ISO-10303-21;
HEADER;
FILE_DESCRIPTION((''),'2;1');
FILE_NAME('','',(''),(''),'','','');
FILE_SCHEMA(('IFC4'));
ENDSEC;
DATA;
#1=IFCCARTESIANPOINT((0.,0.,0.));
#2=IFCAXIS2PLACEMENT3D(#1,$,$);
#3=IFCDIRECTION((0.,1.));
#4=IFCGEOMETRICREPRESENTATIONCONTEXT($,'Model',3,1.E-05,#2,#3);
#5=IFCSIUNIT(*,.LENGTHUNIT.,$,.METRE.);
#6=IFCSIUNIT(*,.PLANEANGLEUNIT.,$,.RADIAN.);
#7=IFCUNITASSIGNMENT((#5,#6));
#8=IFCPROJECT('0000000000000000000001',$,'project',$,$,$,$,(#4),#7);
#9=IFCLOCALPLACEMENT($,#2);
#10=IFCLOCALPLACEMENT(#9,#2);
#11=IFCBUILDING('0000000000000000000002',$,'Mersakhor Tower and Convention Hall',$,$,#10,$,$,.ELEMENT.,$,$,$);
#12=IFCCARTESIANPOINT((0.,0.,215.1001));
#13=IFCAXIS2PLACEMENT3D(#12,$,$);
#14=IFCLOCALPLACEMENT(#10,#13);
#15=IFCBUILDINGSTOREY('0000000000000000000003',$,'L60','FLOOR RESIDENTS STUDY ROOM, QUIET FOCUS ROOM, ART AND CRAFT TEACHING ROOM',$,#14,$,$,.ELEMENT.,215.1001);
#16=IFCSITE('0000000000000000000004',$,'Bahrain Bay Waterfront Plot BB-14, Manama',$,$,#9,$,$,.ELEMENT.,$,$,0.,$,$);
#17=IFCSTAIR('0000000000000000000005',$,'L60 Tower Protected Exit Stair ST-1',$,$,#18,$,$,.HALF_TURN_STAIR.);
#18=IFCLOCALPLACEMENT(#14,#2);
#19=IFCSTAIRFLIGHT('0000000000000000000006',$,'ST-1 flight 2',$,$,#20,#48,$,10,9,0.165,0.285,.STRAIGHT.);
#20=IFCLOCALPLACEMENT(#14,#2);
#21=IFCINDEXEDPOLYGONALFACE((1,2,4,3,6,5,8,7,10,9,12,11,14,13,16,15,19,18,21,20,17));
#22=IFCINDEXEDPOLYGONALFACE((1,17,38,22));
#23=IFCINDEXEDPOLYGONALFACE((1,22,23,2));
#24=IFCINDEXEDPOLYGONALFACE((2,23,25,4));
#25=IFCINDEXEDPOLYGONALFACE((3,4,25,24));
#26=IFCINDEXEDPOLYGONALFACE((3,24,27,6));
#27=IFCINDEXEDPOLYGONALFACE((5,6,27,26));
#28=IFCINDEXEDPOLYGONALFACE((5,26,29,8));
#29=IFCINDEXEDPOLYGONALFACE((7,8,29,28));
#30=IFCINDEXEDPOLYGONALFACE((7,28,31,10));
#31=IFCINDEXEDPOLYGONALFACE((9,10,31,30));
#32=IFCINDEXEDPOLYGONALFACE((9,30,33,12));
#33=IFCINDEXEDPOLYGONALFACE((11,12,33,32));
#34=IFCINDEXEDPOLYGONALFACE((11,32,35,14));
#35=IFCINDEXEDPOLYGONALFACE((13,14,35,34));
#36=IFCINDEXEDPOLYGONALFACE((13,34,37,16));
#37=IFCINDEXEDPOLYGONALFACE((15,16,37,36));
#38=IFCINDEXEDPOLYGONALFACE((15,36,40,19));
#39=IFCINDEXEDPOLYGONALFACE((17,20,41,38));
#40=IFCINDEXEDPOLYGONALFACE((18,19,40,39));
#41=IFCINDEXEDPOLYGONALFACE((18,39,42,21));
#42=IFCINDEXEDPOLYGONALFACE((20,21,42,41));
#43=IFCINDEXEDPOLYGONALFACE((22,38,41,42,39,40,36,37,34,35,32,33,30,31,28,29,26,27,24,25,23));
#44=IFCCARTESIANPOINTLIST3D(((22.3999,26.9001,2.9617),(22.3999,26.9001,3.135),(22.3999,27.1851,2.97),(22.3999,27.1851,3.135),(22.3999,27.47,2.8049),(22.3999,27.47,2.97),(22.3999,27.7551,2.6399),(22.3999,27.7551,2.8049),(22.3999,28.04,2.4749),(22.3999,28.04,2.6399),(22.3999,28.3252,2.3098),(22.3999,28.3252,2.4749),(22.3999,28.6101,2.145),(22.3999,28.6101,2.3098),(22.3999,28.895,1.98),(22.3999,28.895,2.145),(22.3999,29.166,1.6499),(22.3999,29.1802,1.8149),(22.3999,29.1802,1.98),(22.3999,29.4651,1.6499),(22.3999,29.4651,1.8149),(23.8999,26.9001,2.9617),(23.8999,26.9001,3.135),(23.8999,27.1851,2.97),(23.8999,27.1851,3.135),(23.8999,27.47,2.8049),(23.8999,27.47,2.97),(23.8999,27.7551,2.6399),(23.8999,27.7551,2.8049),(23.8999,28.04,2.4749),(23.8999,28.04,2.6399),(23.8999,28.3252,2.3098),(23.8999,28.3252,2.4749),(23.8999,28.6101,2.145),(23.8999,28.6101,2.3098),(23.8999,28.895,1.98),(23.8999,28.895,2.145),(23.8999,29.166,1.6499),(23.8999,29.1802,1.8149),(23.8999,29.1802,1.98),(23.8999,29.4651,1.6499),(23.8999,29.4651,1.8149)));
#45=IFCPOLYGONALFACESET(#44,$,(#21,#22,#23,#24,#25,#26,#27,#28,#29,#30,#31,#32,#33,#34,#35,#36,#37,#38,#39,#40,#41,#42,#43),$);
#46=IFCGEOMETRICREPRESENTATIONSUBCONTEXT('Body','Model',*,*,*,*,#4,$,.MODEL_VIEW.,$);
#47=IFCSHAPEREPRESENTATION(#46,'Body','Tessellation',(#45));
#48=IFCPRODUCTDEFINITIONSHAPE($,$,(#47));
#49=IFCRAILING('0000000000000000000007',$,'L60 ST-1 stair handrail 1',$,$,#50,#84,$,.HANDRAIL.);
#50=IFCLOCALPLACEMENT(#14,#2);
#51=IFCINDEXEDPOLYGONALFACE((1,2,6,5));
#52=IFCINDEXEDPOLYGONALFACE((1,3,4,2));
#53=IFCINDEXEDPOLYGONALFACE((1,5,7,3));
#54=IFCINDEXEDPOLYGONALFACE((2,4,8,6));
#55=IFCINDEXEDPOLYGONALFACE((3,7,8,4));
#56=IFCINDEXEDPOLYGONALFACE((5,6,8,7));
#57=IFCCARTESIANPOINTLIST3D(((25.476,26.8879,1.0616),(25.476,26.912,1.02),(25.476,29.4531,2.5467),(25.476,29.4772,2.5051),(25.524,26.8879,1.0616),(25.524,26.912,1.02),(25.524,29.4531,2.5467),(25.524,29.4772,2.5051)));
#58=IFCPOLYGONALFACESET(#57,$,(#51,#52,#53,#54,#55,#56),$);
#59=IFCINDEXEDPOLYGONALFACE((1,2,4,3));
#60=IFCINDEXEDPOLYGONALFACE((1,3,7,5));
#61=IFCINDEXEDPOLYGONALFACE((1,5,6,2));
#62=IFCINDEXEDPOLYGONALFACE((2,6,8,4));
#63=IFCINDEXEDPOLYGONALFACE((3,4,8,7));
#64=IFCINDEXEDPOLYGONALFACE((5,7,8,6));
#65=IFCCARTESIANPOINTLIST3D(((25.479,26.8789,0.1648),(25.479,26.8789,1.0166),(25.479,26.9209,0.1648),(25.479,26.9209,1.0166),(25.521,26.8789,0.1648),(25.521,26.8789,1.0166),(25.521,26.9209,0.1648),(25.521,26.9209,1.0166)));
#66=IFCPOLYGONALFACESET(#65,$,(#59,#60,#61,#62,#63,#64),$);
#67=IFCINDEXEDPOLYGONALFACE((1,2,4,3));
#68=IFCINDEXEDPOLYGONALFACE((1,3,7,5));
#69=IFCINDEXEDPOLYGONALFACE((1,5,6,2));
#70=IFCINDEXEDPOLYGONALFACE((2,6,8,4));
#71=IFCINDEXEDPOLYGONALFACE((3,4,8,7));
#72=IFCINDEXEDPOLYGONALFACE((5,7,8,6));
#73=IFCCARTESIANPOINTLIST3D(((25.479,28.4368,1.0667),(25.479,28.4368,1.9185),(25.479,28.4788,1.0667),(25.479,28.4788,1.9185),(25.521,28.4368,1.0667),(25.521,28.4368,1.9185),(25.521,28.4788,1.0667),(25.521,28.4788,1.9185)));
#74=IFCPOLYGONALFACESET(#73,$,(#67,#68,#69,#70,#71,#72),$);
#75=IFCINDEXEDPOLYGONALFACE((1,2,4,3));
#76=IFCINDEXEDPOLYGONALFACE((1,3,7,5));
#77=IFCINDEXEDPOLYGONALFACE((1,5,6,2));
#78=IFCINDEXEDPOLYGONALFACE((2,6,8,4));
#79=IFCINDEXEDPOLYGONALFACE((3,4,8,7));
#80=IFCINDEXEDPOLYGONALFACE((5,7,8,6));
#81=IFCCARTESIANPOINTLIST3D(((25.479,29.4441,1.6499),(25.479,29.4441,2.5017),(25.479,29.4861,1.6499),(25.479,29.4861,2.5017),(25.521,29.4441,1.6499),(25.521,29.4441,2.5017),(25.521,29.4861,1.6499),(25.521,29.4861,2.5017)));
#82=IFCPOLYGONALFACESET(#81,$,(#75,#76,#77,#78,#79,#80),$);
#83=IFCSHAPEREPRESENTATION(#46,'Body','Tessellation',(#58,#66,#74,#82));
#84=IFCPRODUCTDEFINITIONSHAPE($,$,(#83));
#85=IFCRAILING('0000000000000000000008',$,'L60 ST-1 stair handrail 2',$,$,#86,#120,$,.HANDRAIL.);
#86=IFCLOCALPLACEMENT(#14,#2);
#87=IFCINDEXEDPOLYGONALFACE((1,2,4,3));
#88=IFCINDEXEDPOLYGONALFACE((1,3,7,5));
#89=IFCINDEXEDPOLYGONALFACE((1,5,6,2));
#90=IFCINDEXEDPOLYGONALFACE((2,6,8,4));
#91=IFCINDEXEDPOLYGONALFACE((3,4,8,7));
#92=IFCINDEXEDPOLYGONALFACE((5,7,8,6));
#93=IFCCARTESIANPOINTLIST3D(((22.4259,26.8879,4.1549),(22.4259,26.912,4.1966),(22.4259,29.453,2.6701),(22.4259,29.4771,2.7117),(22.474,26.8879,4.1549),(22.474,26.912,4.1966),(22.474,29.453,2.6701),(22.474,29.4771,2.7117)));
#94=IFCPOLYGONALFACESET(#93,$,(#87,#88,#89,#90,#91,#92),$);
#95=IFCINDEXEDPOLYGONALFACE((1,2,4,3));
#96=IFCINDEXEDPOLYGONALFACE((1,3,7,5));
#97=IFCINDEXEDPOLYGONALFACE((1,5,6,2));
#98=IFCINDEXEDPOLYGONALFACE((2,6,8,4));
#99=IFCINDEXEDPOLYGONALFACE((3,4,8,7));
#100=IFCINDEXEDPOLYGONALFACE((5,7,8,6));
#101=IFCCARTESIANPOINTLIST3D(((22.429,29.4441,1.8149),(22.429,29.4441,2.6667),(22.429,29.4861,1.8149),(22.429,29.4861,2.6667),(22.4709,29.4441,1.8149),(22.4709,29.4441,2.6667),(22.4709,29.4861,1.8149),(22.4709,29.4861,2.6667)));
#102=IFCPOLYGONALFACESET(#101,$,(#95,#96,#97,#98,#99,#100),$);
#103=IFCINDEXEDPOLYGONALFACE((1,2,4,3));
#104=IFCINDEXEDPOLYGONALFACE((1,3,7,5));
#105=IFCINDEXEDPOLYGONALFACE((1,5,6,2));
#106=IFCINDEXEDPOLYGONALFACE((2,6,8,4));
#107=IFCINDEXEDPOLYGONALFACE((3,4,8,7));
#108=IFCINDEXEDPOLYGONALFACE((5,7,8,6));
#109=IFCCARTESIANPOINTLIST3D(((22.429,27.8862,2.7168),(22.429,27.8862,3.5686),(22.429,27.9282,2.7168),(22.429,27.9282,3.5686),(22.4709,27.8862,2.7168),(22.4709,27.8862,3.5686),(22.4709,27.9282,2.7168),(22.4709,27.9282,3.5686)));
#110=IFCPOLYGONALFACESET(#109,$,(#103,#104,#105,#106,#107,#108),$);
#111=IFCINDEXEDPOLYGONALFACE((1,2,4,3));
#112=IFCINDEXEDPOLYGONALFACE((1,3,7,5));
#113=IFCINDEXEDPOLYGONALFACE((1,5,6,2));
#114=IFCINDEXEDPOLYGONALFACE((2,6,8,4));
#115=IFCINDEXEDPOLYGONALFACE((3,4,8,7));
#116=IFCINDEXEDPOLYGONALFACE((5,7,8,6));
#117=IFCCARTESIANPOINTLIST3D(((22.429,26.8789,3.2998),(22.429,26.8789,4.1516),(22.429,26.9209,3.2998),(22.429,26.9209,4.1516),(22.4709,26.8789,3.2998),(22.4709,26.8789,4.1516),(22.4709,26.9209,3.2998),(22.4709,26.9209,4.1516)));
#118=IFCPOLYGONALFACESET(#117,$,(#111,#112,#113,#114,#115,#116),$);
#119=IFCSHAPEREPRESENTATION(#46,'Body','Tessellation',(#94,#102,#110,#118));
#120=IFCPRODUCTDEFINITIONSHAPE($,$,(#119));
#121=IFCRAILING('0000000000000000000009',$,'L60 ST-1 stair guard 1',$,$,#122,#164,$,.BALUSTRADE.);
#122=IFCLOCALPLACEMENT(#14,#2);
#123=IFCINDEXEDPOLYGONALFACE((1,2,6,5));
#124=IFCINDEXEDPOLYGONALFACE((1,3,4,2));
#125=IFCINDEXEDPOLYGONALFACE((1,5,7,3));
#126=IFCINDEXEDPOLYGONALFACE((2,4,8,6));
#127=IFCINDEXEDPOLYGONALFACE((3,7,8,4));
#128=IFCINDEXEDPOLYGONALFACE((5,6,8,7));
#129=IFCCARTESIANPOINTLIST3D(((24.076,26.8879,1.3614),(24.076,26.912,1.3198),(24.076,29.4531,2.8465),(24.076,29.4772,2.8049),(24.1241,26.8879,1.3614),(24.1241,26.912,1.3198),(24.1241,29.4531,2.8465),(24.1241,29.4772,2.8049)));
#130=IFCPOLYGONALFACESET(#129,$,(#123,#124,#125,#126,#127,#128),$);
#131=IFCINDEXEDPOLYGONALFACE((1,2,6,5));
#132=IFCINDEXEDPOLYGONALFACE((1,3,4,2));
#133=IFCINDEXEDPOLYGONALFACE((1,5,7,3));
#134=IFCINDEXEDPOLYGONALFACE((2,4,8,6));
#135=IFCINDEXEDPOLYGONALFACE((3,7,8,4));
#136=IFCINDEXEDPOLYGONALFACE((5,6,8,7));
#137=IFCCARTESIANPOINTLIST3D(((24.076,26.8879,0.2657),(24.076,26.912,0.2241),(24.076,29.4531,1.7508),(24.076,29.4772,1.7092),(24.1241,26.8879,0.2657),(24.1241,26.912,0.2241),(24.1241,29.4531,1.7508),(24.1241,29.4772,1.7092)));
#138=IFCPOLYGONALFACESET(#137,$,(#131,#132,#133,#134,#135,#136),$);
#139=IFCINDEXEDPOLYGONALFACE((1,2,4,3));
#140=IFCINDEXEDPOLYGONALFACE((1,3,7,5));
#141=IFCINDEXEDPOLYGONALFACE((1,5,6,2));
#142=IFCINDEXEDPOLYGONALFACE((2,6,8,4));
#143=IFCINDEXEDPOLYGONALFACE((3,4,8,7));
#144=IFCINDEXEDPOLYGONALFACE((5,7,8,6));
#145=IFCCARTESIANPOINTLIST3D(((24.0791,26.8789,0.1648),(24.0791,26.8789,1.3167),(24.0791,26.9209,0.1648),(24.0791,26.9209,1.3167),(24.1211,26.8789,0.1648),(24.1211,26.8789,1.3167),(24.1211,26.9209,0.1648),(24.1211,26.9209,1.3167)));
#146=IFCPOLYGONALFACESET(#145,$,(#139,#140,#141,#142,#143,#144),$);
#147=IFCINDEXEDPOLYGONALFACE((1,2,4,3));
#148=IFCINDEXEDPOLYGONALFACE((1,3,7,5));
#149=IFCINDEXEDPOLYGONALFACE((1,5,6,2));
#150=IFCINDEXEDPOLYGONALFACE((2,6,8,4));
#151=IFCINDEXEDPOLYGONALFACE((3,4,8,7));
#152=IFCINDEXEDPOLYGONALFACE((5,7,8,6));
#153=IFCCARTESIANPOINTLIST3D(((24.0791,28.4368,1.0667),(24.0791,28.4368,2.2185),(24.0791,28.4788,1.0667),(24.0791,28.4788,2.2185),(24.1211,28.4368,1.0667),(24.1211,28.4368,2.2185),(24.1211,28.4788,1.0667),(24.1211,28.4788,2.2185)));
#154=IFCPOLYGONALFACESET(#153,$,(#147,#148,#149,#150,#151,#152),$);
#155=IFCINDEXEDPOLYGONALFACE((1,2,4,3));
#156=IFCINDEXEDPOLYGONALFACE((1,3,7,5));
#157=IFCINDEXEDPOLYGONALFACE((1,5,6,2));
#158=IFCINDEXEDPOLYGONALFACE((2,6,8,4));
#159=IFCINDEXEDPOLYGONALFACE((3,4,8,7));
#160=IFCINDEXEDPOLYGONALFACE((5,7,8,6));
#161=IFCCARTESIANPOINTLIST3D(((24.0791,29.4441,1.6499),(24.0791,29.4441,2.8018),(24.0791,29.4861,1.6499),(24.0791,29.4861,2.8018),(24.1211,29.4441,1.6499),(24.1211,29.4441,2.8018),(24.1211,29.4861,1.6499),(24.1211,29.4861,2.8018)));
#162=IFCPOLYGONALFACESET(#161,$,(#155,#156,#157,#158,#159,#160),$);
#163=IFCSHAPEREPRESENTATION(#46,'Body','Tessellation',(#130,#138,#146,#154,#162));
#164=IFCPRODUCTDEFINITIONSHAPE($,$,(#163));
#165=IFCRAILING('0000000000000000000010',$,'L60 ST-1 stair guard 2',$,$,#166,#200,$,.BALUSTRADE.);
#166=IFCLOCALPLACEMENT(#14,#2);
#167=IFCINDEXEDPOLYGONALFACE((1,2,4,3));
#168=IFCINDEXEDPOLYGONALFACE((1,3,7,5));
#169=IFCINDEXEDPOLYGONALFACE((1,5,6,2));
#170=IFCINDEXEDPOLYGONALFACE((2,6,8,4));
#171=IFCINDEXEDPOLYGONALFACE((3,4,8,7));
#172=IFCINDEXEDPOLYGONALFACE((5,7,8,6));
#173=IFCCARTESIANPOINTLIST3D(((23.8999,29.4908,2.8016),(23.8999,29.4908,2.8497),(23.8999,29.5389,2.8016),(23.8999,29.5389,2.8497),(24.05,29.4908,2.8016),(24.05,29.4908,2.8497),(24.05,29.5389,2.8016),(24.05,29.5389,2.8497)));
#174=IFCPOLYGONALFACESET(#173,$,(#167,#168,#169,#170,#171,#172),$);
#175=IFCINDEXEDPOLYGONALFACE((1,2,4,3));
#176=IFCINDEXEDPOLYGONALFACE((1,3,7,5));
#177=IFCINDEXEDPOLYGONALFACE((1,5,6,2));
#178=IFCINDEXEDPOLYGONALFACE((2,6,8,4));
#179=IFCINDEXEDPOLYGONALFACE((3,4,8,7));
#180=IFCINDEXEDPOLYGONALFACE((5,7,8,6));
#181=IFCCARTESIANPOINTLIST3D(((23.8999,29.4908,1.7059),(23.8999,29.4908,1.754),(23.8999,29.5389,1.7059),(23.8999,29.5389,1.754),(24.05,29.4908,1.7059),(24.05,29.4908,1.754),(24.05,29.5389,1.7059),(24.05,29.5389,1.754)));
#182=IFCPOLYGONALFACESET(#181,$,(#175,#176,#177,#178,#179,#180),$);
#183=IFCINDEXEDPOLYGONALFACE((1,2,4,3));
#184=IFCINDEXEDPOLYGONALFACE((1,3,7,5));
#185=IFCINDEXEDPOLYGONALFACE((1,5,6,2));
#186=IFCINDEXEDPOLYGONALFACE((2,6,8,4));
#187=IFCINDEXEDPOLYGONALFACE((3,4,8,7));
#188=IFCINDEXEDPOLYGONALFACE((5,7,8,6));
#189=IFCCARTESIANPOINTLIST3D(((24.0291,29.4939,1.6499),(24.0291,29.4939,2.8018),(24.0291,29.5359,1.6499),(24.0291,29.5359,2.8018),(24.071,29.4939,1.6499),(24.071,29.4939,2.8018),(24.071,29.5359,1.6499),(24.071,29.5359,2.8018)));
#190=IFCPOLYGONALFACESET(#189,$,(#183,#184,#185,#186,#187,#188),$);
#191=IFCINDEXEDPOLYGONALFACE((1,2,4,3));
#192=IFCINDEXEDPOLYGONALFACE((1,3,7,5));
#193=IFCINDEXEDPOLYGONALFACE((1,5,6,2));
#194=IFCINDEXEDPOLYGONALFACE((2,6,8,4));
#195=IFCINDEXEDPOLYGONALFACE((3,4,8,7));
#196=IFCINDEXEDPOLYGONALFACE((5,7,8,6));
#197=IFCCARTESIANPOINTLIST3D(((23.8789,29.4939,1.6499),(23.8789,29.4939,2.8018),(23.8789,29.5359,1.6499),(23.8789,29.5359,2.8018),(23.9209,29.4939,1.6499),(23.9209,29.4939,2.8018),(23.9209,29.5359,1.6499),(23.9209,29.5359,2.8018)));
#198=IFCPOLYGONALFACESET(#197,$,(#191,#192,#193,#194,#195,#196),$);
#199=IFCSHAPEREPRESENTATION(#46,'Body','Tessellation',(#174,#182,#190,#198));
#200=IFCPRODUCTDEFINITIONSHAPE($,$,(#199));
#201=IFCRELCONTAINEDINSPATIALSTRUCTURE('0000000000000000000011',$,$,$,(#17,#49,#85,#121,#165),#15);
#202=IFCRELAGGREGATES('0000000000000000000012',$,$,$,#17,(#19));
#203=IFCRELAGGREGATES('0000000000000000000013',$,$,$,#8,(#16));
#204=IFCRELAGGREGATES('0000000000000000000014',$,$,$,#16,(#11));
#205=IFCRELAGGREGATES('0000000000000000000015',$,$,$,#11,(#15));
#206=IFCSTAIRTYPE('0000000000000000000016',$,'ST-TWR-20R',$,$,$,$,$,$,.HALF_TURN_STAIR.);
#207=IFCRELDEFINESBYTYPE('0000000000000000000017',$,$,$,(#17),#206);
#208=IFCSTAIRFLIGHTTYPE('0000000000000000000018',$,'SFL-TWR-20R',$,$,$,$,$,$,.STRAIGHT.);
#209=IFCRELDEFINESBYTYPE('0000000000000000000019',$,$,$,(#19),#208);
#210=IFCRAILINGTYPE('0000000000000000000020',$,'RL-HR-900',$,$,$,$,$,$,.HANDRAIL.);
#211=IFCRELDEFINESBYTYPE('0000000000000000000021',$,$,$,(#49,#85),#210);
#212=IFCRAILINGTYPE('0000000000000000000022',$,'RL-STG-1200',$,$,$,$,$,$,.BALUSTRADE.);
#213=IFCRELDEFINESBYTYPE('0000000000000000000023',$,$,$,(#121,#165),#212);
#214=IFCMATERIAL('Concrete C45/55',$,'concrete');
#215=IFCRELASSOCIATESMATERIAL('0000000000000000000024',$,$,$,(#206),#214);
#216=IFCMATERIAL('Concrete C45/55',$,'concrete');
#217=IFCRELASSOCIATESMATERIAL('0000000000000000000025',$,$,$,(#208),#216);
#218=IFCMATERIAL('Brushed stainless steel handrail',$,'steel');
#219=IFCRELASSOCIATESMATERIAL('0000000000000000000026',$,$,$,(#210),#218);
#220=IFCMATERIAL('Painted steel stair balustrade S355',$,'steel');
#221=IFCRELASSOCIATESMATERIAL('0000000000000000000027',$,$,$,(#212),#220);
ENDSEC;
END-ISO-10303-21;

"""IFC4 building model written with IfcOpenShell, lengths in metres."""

from ifc_helpers import new_model, si_unit, direction, frame, origin, origin_2d, place, context, subcontext, project, spatial, polyline, rectangle, outline, extrude, material, type_object, element, aggregate, save


model = new_model("IFC4")

# Units and contexts
model_context = context("Model", 3, precision=1e-05, world=origin(), true_north=direction((0.0, 1.0)))
body_context = subcontext(model_context, "Body", "Model", "MODEL_VIEW")
ifc_project = project(units=[si_unit("LENGTHUNIT", "METRE"), si_unit("PLANEANGLEUNIT", "RADIAN")], contexts=[model_context])

# Site, building, storey
site_placement = place(None, origin())
site = spatial("IfcSite", under=ifc_project, at=site_placement, Name="Bahrain Bay Waterfront Plot BB-14, Manama", CompositionType="ELEMENT", RefElevation=0.0)
building_placement = place(site_placement, origin())
building = spatial("IfcBuilding", under=site, at=building_placement, Name="Mersakhor Tower and Convention Hall", CompositionType="ELEMENT")
storey_placement = place(building_placement, frame((0.0, 0.0, 215.1001)))
storey = spatial("IfcBuildingStorey", under=building, at=storey_placement, Name="L60", Description="FLOOR RESIDENTS STUDY ROOM, QUIET FOCUS ROOM, ART AND CRAFT TEACHING ROOM", CompositionType="ELEMENT", Elevation=215.1001)

# Stair, stair flight
ifc_material_1 = material(Name="Concrete C45/55", Category="concrete")
stair_type = type_object("IfcStairType", Name="ST-TWR-20R", PredefinedType="HALF_TURN_STAIR", material=ifc_material_1)
stair_placement = place(storey_placement, origin())
stair = element("IfcStair", 1, at=stair_placement, inside=storey, type_object=stair_type, Name="L60 Tower Protected Exit Stair ST-1", PredefinedType="HALF_TURN_STAIR")
ifc_material_2 = material(Name="Concrete C45/55", Category="concrete")
stair_flight_type = type_object("IfcStairFlightType", Name="SFL-TWR-20R", PredefinedType="STRAIGHT", material=ifc_material_2)
stair_flight_1_placement = place(storey_placement, frame((23.1499, 29.4651, 1.6499), z_axis=(0.0, 0.0, 1.0), x_axis=(0.0, -1.0, 0.0)))
stair_flight_1 = element("IfcStairFlight", 2, at=stair_flight_1_placement, type_object=stair_flight_type, Name="ST-1 flight 2", NumberOfRisers=10, NumberOfTreads=9, PredefinedType="STRAIGHT", RiserHeight=0.165, TreadLength=0.285, context=body_context, shape_type="SweptSolid", body=[
    extrude(outline(polyline([(0.0, 0.0), (0.0, 0.165), (0.2849, 0.165), (0.2849, 0.3301), (0.5701, 0.3301), (0.5701, 0.4951), (0.855, 0.4951), (0.855, 0.6599), (1.1399, 0.6599), (1.1399, 0.825), (1.425, 0.825), (1.425, 0.99), (1.71, 0.99), (1.71, 1.155), (1.9951, 1.155), (1.9951, 1.3201), (2.28, 1.3201), (2.28, 1.4851), (2.5649, 1.4851), (2.5649, 1.6499), (2.5649, 1.3118), (0.2991, 0.0), (0.0, 0.0)])), frame((0.0, 0.75, 0.0), z_axis=(0.0, -1.0, 0.0), x_axis=(1.0, 0.0, 0.0)), (0.0, 0.0, 1.0), 1.5),
])
aggregate(stair, [stair_flight_1])

# Railings
ifc_material_3 = material(Name="Brushed stainless steel handrail", Category="steel")
railing_type_1 = type_object("IfcRailingType", Name="RL-HR-900", PredefinedType="HANDRAIL", material=ifc_material_3)
railing_1_placement = place(storey_placement, frame((25.5, 26.8999, 0.1648)))
element("IfcRailing", 3, at=railing_1_placement, inside=storey, type_object=railing_type_1, Name="L60 ST-1 stair handrail 1", PredefinedType="HANDRAIL", context=body_context, shape_type="SweptSolid", body=[
    extrude(rectangle(XDim=0.0481, YDim=0.0481, at=origin_2d()), frame((0.0, 0.0, 0.876), z_axis=(0.0, 0.865426, 0.501036), x_axis=(-1.0, 0.0, 0.0)), (0.0, 0.0, 1.0), 2.9641),
    extrude(rectangle(XDim=0.042, YDim=0.042, at=origin_2d()), origin(), (0.0, 0.0, 1.0), 0.8518),
    extrude(rectangle(XDim=0.042, YDim=0.042, at=origin_2d()), frame((0.0, 1.5579, 0.9019)), (0.0, 0.0, 1.0), 0.8518),
    extrude(rectangle(XDim=0.042, YDim=0.042, at=origin_2d()), frame((0.0, 2.5652, 1.4851)), (0.0, 0.0, 1.0), 0.8518),
])
railing_2_placement = place(storey_placement, frame((22.45, 29.4651, 1.8149)))
element("IfcRailing", 4, at=railing_2_placement, inside=storey, type_object=railing_type_1, Name="L60 ST-1 stair handrail 2", PredefinedType="HANDRAIL", context=body_context, shape_type="SweptSolid", body=[
    extrude(rectangle(XDim=0.0481, YDim=0.0481, at=origin_2d()), frame((0.0, 0.0, 0.876), z_axis=(0.0, -0.865462, 0.500975), x_axis=(1.0, 0.0, 0.0)), (0.0, 0.0, 1.0), 2.9639),
    extrude(rectangle(XDim=0.042, YDim=0.042, at=origin_2d()), origin(), (0.0, 0.0, 1.0), 0.8518),
    extrude(rectangle(XDim=0.042, YDim=0.042, at=origin_2d()), frame((0.0, -1.5579, 0.9019)), (0.0, 0.0, 1.0), 0.8518),
    extrude(rectangle(XDim=0.042, YDim=0.042, at=origin_2d()), frame((0.0, -2.5652, 1.4849)), (0.0, 0.0, 1.0), 0.8518),
])
ifc_material_4 = material(Name="Painted steel stair balustrade S355", Category="steel")
railing_type_2 = type_object("IfcRailingType", Name="RL-STG-1200", PredefinedType="BALUSTRADE", material=ifc_material_4)
railing_3_placement = place(storey_placement, frame((24.1001, 26.8999, 0.1648)))
element("IfcRailing", 5, at=railing_3_placement, inside=storey, type_object=railing_type_2, Name="L60 ST-1 stair guard 1", PredefinedType="BALUSTRADE", context=body_context, shape_type="SweptSolid", body=[
    extrude(rectangle(XDim=0.0481, YDim=0.0481, at=origin_2d()), frame((0.0, 0.0, 1.1758), z_axis=(0.0, 0.865426, 0.501036), x_axis=(-1.0, 0.0, 0.0)), (0.0, 0.0, 1.0), 2.9641),
    extrude(rectangle(XDim=0.0481, YDim=0.0481, at=origin_2d()), frame((0.0, 0.0, 0.0801), z_axis=(0.0, 0.865426, 0.501036), x_axis=(-1.0, 0.0, 0.0)), (0.0, 0.0, 1.0), 2.9641),
    extrude(rectangle(XDim=0.042, YDim=0.042, at=origin_2d()), origin(), (0.0, 0.0, 1.0), 1.1519),
    extrude(rectangle(XDim=0.042, YDim=0.042, at=origin_2d()), frame((0.0, 1.5579, 0.9019)), (0.0, 0.0, 1.0), 1.1519),
    extrude(rectangle(XDim=0.042, YDim=0.042, at=origin_2d()), frame((0.0, 2.5652, 1.4851)), (0.0, 0.0, 1.0), 1.1519),
])
railing_4_placement = place(storey_placement, frame((24.05, 29.5149, 1.6499)))
element("IfcRailing", 6, at=railing_4_placement, inside=storey, type_object=railing_type_2, Name="L60 ST-1 stair guard 2", PredefinedType="BALUSTRADE", context=body_context, shape_type="SweptSolid", body=[
    extrude(rectangle(XDim=0.0481, YDim=0.0481, at=origin_2d()), frame((0.0, 0.0, 1.1758), z_axis=(-1.0, 0.0, 0.0), x_axis=(0.0, -1.0, 0.0)), (0.0, 0.0, 1.0), 0.1501),
    extrude(rectangle(XDim=0.0481, YDim=0.0481, at=origin_2d()), frame((0.0, 0.0, 0.0801), z_axis=(-1.0, 0.0, 0.0), x_axis=(0.0, -1.0, 0.0)), (0.0, 0.0, 1.0), 0.1501),
    extrude(rectangle(XDim=0.042, YDim=0.042, at=origin_2d()), origin(), (0.0, 0.0, 1.0), 1.1519),
    extrude(rectangle(XDim=0.042, YDim=0.042, at=origin_2d()), frame((-0.1501, 0.0, 0.0)), (0.0, 0.0, 1.0), 1.1519),
])

save(model, "model.ifc")
